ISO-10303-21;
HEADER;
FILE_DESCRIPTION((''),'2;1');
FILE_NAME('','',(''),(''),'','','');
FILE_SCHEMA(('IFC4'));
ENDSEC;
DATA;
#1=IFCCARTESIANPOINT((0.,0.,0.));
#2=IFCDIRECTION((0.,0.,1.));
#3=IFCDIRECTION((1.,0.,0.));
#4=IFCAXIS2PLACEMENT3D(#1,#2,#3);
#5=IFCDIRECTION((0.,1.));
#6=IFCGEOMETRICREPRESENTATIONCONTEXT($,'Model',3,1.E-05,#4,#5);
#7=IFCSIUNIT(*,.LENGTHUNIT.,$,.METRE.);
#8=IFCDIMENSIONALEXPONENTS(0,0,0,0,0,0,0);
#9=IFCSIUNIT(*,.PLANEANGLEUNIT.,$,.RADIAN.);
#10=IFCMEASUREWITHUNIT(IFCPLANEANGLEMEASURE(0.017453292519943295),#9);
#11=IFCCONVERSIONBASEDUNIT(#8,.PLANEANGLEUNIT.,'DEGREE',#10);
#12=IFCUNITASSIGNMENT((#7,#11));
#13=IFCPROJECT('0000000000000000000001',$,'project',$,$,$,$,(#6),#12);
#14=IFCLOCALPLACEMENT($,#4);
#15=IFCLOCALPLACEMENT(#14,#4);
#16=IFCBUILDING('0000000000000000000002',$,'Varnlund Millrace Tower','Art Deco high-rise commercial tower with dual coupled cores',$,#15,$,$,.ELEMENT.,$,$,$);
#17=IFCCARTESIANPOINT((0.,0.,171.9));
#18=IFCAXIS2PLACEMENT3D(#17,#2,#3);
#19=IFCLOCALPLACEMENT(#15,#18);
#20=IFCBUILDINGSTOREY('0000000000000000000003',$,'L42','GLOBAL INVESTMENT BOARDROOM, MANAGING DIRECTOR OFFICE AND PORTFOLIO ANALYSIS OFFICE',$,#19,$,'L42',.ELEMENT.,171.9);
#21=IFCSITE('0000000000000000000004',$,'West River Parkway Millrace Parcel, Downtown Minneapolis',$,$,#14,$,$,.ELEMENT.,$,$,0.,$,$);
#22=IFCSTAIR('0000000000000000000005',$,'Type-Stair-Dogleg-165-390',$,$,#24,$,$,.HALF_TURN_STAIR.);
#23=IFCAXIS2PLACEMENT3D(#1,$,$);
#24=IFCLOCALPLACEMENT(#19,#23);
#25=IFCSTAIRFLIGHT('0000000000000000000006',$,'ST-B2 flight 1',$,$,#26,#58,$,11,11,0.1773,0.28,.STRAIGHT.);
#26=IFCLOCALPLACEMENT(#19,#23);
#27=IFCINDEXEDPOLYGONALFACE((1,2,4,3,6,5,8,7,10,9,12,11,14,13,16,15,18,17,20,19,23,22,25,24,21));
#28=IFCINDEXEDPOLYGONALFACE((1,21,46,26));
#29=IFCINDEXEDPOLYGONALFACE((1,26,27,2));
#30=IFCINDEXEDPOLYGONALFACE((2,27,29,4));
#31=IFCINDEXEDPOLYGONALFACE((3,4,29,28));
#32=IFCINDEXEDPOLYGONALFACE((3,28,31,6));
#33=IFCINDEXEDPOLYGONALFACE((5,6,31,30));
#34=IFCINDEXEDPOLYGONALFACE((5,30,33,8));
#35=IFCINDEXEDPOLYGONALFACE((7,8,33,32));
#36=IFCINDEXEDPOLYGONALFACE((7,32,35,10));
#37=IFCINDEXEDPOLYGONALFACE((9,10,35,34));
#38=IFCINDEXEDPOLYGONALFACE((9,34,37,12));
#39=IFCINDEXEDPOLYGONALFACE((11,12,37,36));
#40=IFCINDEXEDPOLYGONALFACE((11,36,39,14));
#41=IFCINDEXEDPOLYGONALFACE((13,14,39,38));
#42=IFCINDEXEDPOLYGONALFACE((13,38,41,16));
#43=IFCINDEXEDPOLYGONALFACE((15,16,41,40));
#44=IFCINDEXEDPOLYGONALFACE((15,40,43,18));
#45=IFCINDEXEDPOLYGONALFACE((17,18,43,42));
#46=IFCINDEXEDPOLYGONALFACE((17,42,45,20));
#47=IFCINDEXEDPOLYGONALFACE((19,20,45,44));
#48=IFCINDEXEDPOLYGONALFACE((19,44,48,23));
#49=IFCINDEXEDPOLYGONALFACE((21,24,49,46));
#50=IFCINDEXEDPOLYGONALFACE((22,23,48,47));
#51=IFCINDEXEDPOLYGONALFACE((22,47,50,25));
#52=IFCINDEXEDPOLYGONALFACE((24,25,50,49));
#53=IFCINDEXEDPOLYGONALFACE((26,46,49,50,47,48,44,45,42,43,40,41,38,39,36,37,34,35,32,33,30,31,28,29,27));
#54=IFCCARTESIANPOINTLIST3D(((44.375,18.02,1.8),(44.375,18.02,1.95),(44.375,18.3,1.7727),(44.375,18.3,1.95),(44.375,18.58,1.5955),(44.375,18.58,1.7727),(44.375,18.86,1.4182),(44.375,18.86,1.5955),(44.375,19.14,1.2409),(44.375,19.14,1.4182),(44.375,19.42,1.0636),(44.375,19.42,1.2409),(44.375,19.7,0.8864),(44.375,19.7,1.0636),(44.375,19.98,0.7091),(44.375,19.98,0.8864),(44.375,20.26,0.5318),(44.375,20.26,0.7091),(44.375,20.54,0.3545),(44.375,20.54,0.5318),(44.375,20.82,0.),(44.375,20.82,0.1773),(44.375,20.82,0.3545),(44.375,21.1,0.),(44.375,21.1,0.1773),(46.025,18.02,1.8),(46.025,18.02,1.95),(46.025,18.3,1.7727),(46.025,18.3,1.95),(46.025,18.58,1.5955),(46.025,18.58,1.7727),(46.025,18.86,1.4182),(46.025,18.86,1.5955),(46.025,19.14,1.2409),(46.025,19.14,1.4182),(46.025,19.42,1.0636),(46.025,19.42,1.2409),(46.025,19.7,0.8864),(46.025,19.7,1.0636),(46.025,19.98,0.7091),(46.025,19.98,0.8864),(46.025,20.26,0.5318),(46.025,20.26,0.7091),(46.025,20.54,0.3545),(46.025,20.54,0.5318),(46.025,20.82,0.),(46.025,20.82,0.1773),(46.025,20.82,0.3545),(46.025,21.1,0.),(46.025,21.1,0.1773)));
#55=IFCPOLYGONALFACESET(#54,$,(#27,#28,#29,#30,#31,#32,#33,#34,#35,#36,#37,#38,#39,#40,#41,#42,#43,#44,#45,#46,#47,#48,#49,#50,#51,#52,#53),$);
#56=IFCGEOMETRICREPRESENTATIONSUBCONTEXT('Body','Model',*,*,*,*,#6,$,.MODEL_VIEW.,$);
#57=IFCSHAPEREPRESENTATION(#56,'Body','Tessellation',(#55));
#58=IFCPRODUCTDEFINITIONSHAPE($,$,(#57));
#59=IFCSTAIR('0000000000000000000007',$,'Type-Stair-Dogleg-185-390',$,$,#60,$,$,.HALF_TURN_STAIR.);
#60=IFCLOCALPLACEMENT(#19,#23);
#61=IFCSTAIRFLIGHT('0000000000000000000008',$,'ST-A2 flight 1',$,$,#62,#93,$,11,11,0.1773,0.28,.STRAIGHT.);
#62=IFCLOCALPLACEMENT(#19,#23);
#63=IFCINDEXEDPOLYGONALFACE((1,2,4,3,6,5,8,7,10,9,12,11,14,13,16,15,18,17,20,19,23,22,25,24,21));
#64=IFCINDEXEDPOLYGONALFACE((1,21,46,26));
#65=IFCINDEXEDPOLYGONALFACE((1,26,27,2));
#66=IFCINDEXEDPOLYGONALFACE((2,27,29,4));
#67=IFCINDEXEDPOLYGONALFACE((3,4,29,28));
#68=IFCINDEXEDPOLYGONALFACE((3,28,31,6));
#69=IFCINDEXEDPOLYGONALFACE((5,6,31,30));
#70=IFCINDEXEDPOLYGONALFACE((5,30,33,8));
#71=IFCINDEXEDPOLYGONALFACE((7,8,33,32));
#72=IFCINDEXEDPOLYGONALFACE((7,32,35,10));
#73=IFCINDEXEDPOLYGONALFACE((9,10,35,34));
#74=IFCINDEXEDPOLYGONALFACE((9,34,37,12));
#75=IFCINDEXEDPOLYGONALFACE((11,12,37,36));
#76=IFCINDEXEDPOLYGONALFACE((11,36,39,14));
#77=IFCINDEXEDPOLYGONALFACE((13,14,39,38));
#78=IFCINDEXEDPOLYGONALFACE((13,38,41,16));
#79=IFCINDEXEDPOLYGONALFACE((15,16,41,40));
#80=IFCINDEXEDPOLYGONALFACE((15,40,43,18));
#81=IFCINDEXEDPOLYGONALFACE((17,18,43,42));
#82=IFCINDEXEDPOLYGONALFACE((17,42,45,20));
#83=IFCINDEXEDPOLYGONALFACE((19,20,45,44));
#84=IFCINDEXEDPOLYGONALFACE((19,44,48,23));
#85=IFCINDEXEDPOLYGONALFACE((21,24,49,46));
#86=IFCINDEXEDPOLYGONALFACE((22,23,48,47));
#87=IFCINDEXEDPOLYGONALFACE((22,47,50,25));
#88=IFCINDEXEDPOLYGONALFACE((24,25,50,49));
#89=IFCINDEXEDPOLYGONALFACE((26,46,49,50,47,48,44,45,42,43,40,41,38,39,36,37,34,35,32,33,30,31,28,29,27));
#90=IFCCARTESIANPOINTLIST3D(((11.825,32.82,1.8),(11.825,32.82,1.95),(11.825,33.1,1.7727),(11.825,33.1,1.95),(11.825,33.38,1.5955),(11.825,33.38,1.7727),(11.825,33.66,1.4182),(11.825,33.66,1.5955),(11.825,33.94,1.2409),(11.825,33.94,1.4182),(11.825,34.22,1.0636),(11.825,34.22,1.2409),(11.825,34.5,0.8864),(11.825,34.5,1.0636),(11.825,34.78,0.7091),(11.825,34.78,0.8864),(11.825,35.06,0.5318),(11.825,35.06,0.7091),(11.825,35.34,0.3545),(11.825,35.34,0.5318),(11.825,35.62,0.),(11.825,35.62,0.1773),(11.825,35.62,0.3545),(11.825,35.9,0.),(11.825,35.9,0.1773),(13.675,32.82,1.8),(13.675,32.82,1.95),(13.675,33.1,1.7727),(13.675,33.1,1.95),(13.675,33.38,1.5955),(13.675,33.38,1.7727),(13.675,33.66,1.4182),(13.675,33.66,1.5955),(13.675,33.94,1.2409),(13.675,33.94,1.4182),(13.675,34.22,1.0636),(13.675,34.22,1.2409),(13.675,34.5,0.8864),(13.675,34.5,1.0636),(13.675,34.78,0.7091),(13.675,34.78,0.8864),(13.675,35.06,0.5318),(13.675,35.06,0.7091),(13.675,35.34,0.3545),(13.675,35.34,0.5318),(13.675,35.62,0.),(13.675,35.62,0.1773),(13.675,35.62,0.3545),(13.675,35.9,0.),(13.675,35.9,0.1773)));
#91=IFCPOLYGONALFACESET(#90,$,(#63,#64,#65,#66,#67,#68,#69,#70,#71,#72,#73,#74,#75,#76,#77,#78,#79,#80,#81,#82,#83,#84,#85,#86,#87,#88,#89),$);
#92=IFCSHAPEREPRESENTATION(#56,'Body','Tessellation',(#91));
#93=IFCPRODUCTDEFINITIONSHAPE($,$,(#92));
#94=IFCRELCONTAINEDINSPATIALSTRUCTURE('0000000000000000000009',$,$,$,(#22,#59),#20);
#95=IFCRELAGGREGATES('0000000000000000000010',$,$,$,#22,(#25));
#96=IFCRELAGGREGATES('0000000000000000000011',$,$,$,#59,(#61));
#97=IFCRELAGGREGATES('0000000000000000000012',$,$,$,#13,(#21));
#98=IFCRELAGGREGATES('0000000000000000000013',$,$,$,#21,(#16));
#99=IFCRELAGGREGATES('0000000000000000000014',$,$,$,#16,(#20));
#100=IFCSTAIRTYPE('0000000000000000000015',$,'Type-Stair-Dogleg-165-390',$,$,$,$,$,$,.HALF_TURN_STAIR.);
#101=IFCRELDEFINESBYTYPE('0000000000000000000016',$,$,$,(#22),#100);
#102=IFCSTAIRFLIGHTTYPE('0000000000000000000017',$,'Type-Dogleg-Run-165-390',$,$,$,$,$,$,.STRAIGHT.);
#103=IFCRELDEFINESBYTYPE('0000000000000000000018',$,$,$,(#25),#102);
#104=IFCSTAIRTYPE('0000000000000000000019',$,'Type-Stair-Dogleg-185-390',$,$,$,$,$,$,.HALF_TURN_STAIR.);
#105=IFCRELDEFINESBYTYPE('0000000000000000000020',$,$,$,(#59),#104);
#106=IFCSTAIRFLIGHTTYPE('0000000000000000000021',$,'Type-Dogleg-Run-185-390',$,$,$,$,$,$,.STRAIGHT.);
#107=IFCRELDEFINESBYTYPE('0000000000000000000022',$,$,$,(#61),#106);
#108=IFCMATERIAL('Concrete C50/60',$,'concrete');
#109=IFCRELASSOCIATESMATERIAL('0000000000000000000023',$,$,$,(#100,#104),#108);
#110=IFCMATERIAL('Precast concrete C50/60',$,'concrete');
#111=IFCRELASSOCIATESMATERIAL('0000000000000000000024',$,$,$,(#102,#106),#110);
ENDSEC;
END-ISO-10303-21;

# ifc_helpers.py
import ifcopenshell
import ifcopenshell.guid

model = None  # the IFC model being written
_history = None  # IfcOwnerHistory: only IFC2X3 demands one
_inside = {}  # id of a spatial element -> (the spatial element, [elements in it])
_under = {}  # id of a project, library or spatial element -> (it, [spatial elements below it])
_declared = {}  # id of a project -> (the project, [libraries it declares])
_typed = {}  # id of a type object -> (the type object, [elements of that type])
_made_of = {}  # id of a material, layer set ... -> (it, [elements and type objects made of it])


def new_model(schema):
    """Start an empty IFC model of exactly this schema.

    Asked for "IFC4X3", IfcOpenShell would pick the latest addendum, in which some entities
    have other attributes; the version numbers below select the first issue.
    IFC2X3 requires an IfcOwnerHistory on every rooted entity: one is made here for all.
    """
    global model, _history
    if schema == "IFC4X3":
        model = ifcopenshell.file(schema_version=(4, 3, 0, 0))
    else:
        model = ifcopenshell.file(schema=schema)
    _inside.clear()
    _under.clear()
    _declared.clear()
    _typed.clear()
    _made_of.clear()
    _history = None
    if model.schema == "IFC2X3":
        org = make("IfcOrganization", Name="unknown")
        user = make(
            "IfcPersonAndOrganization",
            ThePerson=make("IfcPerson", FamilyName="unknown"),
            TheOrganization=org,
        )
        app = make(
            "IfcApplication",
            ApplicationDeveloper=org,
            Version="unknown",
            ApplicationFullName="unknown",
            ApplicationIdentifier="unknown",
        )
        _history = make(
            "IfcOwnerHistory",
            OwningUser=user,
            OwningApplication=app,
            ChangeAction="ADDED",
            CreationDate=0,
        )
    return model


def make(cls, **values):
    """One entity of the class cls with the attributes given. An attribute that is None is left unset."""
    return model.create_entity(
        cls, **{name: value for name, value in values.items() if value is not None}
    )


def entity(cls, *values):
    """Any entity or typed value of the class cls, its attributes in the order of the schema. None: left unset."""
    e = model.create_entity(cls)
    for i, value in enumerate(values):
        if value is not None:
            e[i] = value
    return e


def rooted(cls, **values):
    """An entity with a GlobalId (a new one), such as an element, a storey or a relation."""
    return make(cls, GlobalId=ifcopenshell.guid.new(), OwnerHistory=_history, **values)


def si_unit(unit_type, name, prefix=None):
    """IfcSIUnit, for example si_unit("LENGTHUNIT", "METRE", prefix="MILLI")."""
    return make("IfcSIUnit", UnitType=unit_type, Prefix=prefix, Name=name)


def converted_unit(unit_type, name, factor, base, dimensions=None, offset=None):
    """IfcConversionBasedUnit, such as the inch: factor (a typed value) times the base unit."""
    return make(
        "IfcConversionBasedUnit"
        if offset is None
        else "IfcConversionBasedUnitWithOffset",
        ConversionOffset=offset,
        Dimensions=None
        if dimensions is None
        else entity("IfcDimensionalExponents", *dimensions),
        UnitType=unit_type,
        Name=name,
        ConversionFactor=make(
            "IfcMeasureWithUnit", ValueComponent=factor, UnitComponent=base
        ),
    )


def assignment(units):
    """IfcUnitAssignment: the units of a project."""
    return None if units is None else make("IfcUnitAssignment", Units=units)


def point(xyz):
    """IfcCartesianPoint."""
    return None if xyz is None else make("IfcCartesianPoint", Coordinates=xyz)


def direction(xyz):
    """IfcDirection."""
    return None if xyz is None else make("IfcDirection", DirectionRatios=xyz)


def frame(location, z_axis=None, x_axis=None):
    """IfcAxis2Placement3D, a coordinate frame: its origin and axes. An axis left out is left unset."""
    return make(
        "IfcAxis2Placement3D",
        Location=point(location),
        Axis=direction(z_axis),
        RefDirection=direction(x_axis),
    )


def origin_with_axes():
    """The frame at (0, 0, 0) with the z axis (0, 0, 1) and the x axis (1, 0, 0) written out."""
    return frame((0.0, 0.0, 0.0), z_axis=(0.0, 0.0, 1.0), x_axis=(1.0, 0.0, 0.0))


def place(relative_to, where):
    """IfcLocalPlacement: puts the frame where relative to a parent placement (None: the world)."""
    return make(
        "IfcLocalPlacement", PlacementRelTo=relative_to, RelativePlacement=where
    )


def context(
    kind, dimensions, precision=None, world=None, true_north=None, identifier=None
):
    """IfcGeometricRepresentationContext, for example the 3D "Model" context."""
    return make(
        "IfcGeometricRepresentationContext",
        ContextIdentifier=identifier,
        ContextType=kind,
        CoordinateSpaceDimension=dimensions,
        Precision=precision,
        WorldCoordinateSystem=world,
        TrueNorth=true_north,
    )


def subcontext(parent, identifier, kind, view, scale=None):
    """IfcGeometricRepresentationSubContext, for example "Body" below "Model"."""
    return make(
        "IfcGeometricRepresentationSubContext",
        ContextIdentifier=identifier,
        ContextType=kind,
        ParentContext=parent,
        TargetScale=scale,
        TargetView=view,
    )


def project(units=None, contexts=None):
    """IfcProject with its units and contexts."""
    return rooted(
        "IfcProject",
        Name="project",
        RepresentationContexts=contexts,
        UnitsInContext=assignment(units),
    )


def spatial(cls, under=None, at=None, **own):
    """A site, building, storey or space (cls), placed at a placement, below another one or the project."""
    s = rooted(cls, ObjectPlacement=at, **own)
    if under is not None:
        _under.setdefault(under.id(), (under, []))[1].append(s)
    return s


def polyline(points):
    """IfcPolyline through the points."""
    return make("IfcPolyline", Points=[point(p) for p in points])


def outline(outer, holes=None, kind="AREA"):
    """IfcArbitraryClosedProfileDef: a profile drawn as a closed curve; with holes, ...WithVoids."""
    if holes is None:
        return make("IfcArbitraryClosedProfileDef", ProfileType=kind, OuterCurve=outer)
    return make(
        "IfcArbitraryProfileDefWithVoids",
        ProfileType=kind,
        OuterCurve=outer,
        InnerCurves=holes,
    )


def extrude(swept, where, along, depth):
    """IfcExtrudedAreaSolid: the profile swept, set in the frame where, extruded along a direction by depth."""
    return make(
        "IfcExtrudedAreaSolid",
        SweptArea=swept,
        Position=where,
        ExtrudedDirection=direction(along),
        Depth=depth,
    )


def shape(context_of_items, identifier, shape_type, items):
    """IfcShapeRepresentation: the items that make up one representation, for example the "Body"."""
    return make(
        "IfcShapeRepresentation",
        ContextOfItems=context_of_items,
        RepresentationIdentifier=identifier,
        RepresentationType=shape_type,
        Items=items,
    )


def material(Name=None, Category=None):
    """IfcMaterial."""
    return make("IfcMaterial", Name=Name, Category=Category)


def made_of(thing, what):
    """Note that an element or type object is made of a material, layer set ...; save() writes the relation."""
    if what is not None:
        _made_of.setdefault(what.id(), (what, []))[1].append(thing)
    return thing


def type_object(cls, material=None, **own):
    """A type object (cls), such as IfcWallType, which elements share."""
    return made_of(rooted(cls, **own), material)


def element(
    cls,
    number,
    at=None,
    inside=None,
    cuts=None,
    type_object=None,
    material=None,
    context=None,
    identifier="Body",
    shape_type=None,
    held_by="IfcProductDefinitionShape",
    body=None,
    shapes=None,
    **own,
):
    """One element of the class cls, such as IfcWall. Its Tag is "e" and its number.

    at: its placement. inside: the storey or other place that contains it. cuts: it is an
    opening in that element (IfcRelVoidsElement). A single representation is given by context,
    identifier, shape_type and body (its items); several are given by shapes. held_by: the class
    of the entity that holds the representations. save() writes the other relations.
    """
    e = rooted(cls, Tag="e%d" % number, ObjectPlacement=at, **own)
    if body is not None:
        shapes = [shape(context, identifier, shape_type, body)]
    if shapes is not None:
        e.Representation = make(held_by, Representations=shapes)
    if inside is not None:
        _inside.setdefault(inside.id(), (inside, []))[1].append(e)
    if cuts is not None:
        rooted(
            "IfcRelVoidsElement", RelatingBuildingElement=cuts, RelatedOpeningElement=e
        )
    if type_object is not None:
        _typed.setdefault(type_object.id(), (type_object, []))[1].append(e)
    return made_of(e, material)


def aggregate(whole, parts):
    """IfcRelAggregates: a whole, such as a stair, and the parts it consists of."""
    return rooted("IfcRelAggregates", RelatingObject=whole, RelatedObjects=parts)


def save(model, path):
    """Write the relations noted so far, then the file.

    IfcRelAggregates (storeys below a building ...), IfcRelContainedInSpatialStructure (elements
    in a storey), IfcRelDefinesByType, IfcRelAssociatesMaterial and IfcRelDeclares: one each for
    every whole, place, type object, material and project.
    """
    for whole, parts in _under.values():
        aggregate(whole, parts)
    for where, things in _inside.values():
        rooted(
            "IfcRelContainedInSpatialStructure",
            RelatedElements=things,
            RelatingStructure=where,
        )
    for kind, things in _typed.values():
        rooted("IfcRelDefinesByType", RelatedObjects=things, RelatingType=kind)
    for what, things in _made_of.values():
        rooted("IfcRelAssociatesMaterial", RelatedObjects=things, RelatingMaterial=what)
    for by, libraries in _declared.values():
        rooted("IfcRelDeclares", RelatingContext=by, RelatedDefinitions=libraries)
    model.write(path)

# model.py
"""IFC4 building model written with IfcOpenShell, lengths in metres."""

from ifc_helpers import new_model, entity, si_unit, converted_unit, direction, frame, origin_with_axes, place, context, subcontext, project, spatial, polyline, outline, extrude, material, type_object, element, aggregate, save


model = new_model("IFC4")

# Units and contexts
model_context = context("Model", 3, precision=1e-05, world=origin_with_axes(), true_north=direction((0.0, 1.0)))
body_context = subcontext(model_context, "Body", "Model", "MODEL_VIEW")
ifc_project = project(units=[si_unit("LENGTHUNIT", "METRE"), converted_unit("PLANEANGLEUNIT", "DEGREE", entity("IfcPlaneAngleMeasure", 0.017453292519943295), si_unit("PLANEANGLEUNIT", "RADIAN"), dimensions=[0, 0, 0, 0, 0, 0, 0])], contexts=[model_context])

# Site, building, storey
site_placement = place(None, origin_with_axes())
site = spatial("IfcSite", under=ifc_project, at=site_placement, Name="West River Parkway Millrace Parcel, Downtown Minneapolis", CompositionType="ELEMENT", RefElevation=0.0)
building_placement = place(site_placement, origin_with_axes())
building = spatial("IfcBuilding", under=site, at=building_placement, Name="Varnlund Millrace Tower", Description="Art Deco high-rise commercial tower with dual coupled cores", CompositionType="ELEMENT")
storey_placement = place(building_placement, frame((0.0, 0.0, 171.9), z_axis=(0.0, 0.0, 1.0), x_axis=(1.0, 0.0, 0.0)))
storey = spatial("IfcBuildingStorey", under=building, at=storey_placement, Name="L42", Description="GLOBAL INVESTMENT BOARDROOM, MANAGING DIRECTOR OFFICE AND PORTFOLIO ANALYSIS OFFICE", LongName="L42", CompositionType="ELEMENT", Elevation=171.9)

# Stairs, stair flights
ifc_material_1 = material(Name="Concrete C50/60", Category="concrete")
stair_type_1 = type_object("IfcStairType", Name="Type-Stair-Dogleg-165-390", PredefinedType="HALF_TURN_STAIR", material=ifc_material_1)
stair_1_placement = place(storey_placement, origin_with_axes())
stair_1 = element("IfcStair", 1, at=stair_1_placement, inside=storey, type_object=stair_type_1, Name="Type-Stair-Dogleg-165-390", PredefinedType="HALF_TURN_STAIR")
ifc_material_2 = material(Name="Precast concrete C50/60", Category="concrete")
stair_flight_type_1 = type_object("IfcStairFlightType", Name="Type-Dogleg-Run-165-390", PredefinedType="STRAIGHT", material=ifc_material_2)
stair_flight_1_placement = place(storey_placement, frame((46.025, 21.1, 0.0), z_axis=(-1.0, 0.0, 0.0), x_axis=(0.0, -1.0, 0.0)))
stair_flight_1 = element("IfcStairFlight", 2, at=stair_flight_1_placement, type_object=stair_flight_type_1, Name="ST-B2 flight 1", NumberOfRisers=11, NumberOfTreads=11, PredefinedType="STRAIGHT", RiserHeight=0.1773, TreadLength=0.28, context=body_context, shape_type="SweptSolid", body=[
    extrude(outline(polyline([(0.0, 0.0), (0.0, 0.1773), (0.28, 0.1773), (0.28, 0.3545), (0.56, 0.3545), (0.56, 0.5318), (0.84, 0.5318), (0.84, 0.7091), (1.12, 0.7091), (1.12, 0.8864), (1.4, 0.8864), (1.4, 1.0636), (1.68, 1.0636), (1.68, 1.2409), (1.96, 1.2409), (1.96, 1.4182), (2.24, 1.4182), (2.24, 1.5955), (2.52, 1.5955), (2.52, 1.7727), (2.8, 1.7727), (2.8, 1.95), (3.08, 1.95), (3.08, 1.8), (0.28, 0.0), (0.0, 0.0)])), origin_with_axes(), (0.0, 0.0, 1.0), 1.65),
])
aggregate(stair_1, [stair_flight_1])
stair_type_2 = type_object("IfcStairType", Name="Type-Stair-Dogleg-185-390", PredefinedType="HALF_TURN_STAIR", material=ifc_material_1)
stair_2_placement = place(storey_placement, origin_with_axes())
stair_2 = element("IfcStair", 3, at=stair_2_placement, inside=storey, type_object=stair_type_2, Name="Type-Stair-Dogleg-185-390", PredefinedType="HALF_TURN_STAIR")
stair_flight_type_2 = type_object("IfcStairFlightType", Name="Type-Dogleg-Run-185-390", PredefinedType="STRAIGHT", material=ifc_material_2)
stair_flight_2_placement = place(storey_placement, frame((13.675, 35.9, 0.0), z_axis=(-1.0, 0.0, 0.0), x_axis=(0.0, -1.0, 0.0)))
stair_flight_2 = element("IfcStairFlight", 4, at=stair_flight_2_placement, type_object=stair_flight_type_2, Name="ST-A2 flight 1", NumberOfRisers=11, NumberOfTreads=11, PredefinedType="STRAIGHT", RiserHeight=0.1773, TreadLength=0.28, context=body_context, shape_type="SweptSolid", body=[
    extrude(outline(polyline([(0.0, 0.0), (0.0, 0.1773), (0.28, 0.1773), (0.28, 0.3545), (0.56, 0.3545), (0.56, 0.5318), (0.84, 0.5318), (0.84, 0.7091), (1.12, 0.7091), (1.12, 0.8864), (1.4, 0.8864), (1.4, 1.0636), (1.68, 1.0636), (1.68, 1.2409), (1.96, 1.2409), (1.96, 1.4182), (2.24, 1.4182), (2.24, 1.5955), (2.52, 1.5955), (2.52, 1.7727), (2.8, 1.7727), (2.8, 1.95), (3.08, 1.95), (3.08, 1.8), (0.28, 0.0), (0.0, 0.0)])), origin_with_axes(), (0.0, 0.0, 1.0), 1.85),
])
aggregate(stair_2, [stair_flight_2])

save(model, "model.ifc")
